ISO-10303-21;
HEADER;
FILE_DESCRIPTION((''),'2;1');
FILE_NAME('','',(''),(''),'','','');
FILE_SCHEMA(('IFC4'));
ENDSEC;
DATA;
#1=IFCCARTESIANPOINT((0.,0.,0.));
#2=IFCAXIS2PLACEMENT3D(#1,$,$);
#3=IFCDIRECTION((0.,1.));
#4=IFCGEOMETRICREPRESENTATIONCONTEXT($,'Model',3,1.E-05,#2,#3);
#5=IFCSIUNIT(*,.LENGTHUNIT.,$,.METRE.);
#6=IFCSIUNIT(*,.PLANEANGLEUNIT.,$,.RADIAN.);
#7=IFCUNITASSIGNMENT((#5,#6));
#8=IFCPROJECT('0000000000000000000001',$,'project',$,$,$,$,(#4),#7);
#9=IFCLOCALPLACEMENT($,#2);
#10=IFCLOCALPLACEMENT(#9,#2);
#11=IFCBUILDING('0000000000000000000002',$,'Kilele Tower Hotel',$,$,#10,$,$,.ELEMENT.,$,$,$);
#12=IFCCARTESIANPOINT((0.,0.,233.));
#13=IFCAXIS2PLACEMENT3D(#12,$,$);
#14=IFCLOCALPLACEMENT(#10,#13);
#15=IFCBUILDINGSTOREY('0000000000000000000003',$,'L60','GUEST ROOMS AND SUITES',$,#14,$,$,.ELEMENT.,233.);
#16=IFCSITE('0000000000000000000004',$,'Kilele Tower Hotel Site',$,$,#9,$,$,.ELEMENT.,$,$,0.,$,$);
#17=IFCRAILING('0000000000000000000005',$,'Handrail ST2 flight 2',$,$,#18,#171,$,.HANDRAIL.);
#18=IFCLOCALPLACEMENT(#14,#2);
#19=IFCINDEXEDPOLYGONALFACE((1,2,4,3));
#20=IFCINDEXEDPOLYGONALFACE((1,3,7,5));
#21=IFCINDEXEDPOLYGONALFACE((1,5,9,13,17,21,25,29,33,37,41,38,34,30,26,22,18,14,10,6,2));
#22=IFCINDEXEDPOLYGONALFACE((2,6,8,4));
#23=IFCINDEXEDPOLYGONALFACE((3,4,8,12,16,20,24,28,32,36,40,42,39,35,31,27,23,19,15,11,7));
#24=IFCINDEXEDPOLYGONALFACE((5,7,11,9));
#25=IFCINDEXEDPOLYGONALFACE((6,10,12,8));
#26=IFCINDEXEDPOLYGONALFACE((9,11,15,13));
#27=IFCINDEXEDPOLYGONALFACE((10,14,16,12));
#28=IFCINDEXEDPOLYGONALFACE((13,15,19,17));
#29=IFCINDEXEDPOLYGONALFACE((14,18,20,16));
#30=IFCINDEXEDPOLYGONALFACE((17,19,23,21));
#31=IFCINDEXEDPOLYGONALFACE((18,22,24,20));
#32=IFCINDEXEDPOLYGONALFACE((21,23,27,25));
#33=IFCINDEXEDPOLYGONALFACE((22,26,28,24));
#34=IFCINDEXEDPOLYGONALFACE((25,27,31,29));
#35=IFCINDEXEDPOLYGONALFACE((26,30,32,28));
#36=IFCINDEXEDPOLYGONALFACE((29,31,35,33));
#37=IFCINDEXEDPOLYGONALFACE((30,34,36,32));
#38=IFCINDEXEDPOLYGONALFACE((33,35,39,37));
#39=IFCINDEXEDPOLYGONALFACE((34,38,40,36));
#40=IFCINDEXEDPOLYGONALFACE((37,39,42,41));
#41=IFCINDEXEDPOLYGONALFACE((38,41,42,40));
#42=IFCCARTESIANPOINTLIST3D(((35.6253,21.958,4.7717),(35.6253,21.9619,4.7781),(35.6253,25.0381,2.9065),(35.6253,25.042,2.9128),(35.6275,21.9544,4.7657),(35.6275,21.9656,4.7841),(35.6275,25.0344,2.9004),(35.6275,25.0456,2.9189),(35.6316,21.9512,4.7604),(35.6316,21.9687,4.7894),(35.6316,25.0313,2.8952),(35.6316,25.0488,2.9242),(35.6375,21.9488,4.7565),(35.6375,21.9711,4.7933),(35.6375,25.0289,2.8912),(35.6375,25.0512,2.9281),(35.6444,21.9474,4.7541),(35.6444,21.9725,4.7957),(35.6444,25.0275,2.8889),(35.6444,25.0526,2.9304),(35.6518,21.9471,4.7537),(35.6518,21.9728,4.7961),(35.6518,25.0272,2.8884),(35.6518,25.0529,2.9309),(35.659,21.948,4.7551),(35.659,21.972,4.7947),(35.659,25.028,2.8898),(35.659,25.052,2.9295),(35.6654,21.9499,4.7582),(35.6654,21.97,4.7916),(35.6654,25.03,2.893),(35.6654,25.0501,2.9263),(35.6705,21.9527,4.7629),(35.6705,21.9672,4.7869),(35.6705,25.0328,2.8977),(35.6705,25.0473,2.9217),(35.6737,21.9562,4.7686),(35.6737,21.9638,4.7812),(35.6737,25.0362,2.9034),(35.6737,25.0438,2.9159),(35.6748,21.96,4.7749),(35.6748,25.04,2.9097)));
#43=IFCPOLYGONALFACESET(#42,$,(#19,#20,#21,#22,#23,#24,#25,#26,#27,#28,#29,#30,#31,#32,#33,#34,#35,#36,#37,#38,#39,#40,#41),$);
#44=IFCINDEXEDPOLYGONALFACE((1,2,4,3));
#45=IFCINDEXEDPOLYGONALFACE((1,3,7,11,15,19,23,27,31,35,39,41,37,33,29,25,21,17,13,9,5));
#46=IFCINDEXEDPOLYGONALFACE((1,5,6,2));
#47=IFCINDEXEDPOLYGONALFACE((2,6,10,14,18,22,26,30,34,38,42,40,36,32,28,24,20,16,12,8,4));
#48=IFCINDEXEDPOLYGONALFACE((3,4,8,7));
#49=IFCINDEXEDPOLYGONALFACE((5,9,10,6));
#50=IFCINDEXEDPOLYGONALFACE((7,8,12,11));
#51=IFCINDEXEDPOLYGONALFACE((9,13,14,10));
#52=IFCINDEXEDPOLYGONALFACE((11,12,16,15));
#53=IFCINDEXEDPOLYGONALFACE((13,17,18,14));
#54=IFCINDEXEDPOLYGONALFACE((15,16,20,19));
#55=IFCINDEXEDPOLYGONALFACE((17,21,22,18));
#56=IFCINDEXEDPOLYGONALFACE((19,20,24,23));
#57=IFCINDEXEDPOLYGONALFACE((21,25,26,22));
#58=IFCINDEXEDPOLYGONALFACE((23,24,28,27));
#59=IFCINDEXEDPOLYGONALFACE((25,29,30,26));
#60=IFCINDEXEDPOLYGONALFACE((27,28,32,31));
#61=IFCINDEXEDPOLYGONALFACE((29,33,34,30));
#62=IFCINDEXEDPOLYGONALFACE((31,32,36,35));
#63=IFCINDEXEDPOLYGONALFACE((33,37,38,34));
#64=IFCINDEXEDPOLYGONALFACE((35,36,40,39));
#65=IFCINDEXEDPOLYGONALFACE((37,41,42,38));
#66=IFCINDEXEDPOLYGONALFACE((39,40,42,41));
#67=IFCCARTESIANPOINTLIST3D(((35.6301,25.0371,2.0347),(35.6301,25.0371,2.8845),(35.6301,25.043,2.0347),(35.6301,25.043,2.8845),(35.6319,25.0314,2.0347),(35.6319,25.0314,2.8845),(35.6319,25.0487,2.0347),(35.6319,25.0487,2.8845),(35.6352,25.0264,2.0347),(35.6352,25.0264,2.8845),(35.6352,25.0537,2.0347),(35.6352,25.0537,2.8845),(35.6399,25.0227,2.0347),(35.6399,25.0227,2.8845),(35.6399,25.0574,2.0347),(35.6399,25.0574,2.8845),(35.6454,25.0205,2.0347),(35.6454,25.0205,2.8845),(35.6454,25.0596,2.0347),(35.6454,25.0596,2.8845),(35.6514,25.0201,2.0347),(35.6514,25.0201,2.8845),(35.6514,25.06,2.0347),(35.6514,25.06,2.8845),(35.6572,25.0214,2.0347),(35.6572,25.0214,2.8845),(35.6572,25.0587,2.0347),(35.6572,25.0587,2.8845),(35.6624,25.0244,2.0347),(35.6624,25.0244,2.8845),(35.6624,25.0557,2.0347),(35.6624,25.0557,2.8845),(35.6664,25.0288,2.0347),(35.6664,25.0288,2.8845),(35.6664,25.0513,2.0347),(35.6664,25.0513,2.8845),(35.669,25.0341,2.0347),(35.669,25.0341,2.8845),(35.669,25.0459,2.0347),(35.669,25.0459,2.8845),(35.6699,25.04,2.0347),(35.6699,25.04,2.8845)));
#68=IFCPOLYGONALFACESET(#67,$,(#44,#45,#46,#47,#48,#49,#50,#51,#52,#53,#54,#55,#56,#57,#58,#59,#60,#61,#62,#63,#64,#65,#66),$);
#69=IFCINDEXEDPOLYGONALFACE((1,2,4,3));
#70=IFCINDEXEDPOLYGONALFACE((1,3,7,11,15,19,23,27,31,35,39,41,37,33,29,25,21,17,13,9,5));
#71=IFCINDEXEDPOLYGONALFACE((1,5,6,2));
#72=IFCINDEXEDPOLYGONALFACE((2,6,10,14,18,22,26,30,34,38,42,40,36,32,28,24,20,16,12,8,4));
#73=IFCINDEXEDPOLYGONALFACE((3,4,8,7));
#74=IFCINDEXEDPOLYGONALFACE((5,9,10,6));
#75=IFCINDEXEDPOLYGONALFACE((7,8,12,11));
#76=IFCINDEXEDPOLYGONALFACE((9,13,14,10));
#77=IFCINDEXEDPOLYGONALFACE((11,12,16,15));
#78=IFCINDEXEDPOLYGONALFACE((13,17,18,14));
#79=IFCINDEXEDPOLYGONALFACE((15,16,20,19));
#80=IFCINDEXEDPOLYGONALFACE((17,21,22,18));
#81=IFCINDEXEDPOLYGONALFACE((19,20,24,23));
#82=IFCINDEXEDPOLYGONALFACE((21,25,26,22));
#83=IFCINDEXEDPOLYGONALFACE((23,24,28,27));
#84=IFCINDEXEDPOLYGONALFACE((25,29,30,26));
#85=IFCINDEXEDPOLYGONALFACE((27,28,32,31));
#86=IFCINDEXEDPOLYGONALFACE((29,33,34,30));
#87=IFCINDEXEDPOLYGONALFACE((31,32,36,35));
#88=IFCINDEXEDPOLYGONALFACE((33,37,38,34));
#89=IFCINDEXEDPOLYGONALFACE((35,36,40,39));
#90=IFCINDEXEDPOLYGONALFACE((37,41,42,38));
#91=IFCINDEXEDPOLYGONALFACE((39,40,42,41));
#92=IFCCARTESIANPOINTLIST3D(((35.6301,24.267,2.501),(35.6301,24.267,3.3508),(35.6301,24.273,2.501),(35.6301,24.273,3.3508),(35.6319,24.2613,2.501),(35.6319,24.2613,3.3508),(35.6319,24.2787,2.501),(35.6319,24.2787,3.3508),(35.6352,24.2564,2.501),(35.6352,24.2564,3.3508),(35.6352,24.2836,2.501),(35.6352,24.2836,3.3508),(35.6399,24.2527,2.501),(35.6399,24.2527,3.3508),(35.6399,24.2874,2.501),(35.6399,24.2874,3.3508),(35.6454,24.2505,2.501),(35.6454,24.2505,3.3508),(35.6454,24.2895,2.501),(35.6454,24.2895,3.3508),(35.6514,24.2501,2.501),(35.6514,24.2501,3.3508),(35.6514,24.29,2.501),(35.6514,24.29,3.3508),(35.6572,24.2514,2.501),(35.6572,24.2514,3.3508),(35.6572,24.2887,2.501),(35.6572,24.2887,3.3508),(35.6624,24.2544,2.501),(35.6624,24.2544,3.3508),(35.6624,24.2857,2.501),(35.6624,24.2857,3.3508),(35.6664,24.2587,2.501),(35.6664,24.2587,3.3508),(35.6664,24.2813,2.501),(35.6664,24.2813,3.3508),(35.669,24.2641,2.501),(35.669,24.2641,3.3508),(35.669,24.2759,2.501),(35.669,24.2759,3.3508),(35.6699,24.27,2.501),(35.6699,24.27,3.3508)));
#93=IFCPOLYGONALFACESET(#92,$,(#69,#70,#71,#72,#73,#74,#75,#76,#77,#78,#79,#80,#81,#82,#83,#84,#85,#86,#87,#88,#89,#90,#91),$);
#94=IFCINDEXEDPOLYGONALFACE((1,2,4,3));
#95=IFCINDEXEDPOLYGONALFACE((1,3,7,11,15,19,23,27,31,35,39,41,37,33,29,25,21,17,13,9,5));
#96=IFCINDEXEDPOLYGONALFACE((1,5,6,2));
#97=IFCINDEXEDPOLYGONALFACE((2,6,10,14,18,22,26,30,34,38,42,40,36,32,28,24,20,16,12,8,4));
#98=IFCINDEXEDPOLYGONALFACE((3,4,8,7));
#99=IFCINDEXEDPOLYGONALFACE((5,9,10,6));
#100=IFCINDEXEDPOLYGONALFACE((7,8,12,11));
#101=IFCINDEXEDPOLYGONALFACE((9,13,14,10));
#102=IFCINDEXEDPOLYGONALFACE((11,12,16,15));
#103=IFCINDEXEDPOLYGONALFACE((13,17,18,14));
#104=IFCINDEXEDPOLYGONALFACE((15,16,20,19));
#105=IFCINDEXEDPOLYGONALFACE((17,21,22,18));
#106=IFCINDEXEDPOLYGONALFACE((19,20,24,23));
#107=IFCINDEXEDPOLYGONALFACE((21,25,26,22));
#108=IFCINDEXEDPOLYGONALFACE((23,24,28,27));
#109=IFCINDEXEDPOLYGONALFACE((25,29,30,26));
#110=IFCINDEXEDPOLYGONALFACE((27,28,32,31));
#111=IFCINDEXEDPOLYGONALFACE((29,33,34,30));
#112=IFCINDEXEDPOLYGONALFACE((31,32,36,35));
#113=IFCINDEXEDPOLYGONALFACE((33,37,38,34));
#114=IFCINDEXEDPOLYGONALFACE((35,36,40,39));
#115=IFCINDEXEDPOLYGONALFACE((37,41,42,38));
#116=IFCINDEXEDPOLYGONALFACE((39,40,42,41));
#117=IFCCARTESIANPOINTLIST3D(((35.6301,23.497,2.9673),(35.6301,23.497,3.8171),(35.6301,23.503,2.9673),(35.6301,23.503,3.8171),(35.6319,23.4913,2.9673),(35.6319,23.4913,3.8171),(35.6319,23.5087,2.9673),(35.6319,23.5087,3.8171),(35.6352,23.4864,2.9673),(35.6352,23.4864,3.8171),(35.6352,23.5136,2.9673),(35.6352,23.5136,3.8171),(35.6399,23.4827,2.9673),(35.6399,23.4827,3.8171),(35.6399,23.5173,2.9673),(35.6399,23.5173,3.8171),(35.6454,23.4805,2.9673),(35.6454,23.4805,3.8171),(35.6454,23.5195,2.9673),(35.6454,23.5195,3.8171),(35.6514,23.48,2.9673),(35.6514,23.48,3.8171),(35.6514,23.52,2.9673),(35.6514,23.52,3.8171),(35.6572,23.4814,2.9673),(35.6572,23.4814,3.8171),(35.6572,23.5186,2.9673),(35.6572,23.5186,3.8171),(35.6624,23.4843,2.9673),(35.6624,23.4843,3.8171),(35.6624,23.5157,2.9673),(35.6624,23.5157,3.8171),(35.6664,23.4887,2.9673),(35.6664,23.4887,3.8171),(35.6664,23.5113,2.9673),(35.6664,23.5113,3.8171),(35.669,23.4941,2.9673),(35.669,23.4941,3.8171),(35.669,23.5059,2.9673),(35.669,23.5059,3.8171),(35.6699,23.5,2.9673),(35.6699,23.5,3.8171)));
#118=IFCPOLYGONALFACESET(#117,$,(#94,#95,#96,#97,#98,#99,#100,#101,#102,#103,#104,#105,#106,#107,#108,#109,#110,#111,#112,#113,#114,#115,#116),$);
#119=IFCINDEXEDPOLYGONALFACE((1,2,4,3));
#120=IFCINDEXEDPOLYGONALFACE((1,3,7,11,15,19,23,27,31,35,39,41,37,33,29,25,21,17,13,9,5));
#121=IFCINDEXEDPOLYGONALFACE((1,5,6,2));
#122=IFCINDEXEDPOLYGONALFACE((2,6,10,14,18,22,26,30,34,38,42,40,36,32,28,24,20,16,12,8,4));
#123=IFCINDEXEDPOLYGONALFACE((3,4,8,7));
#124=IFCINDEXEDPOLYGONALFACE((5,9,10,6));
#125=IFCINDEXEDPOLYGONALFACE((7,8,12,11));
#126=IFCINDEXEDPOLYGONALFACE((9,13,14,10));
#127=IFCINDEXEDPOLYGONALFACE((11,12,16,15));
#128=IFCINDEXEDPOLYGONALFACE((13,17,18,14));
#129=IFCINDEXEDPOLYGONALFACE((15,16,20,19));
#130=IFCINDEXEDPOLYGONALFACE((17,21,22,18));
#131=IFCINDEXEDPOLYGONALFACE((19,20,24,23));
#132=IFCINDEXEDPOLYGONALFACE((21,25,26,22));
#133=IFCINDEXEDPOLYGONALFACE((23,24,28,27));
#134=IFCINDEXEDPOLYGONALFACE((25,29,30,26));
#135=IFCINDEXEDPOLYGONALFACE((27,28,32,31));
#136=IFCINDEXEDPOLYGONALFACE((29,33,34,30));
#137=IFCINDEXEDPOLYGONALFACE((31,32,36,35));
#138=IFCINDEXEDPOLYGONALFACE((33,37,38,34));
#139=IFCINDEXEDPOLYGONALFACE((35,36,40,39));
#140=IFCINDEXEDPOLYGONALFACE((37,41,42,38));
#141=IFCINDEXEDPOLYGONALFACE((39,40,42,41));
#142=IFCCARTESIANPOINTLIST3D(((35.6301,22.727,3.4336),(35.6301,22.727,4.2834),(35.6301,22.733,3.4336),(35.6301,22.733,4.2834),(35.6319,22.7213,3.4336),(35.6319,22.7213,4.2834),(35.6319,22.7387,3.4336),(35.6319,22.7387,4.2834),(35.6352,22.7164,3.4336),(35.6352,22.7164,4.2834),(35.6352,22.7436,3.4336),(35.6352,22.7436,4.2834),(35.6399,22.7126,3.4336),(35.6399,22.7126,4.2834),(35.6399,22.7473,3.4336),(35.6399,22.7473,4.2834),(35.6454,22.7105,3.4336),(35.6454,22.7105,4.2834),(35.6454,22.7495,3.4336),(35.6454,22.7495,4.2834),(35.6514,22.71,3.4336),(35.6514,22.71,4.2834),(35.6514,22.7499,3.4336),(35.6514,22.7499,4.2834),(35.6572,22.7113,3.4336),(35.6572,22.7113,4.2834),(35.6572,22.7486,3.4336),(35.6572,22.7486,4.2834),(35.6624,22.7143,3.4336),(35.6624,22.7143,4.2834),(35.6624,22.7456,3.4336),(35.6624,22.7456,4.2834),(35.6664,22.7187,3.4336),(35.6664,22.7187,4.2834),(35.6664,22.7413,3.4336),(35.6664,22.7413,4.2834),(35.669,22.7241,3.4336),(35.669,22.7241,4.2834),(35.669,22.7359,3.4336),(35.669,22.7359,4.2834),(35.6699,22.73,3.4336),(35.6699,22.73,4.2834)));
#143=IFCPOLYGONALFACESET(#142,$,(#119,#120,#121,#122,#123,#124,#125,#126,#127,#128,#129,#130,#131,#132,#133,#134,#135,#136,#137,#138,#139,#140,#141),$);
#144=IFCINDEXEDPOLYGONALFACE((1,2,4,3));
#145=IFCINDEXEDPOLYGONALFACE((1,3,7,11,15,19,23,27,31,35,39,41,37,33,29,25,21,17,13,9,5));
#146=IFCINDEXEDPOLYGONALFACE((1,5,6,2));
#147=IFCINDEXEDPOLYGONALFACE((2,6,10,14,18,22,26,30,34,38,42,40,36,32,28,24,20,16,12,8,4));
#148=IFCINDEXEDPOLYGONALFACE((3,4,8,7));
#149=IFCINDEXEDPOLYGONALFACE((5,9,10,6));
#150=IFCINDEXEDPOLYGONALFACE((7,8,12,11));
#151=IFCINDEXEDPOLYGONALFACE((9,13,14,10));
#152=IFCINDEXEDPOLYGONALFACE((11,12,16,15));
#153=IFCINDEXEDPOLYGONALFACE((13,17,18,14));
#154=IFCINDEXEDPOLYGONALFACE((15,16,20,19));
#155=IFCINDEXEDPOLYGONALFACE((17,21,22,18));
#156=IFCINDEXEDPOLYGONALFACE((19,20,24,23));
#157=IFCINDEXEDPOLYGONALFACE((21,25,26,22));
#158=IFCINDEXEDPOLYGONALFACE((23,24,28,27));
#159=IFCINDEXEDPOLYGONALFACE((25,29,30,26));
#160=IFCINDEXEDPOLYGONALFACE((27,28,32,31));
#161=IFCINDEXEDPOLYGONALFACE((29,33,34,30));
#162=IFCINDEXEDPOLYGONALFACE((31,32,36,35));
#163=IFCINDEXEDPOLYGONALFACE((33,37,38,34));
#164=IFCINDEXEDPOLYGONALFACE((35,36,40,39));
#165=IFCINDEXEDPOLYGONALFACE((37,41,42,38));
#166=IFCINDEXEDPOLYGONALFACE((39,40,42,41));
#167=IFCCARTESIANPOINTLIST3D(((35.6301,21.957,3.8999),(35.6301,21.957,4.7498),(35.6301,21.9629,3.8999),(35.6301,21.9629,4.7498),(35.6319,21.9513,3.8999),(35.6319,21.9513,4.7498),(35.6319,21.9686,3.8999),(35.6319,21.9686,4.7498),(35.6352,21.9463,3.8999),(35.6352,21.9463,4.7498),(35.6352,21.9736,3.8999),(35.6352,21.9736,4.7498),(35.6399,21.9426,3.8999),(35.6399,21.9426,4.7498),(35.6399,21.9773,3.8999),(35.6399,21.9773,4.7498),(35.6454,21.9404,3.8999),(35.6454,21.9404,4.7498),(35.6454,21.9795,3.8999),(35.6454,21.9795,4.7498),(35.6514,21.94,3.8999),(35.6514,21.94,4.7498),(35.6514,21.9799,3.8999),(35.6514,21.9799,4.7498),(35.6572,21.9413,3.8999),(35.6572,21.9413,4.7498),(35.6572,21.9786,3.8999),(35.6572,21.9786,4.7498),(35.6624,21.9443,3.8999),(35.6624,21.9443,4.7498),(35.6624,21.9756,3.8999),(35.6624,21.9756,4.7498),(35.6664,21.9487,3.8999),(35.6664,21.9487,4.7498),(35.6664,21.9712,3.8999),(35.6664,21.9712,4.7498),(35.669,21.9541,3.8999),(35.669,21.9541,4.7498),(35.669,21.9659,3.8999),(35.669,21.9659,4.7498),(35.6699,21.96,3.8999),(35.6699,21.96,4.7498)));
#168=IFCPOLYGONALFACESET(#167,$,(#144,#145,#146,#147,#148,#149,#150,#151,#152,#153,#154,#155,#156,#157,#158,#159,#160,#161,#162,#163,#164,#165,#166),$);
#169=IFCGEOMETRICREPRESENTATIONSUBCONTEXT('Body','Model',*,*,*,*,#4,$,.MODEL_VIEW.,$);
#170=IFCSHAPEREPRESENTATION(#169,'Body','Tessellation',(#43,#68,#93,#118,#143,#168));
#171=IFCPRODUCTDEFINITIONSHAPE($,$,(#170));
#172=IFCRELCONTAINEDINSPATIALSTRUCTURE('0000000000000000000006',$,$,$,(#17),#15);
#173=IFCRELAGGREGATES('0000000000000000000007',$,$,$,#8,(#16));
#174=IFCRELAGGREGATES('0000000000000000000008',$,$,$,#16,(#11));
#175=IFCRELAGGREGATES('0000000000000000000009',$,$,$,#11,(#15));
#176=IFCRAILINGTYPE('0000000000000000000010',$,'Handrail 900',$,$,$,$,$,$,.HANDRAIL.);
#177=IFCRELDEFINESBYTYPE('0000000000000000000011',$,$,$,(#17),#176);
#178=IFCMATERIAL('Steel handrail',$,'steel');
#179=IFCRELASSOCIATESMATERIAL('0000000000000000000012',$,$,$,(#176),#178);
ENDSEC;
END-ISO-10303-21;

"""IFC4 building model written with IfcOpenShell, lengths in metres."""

from ifc_helpers import new_model, si_unit, direction, frame, origin, origin_2d, place, context, subcontext, project, spatial, circle, extrude, material, type_object, element, save


model = new_model("IFC4")

# Units and contexts
model_context = context("Model", 3, precision=1e-05, world=origin(), true_north=direction((0.0, 1.0)))
body_context = subcontext(model_context, "Body", "Model", "MODEL_VIEW")
ifc_project = project(units=[si_unit("LENGTHUNIT", "METRE"), si_unit("PLANEANGLEUNIT", "RADIAN")], contexts=[model_context])

# Site, building, storey
site_placement = place(None, origin())
site = spatial("IfcSite", under=ifc_project, at=site_placement, Name="Kilele Tower Hotel Site", CompositionType="ELEMENT", RefElevation=0.0)
building_placement = place(site_placement, origin())
building = spatial("IfcBuilding", under=site, at=building_placement, Name="Kilele Tower Hotel", CompositionType="ELEMENT")
storey_placement = place(building_placement, frame((0.0, 0.0, 233.0)))
storey = spatial("IfcBuildingStorey", under=building, at=storey_placement, Name="L60", Description="GUEST ROOMS AND SUITES", CompositionType="ELEMENT", Elevation=233.0)

# Railing
ifc_material_1 = material(Name="Steel handrail", Category="steel")
railing_type_1 = type_object("IfcRailingType", Name="Handrail 900", PredefinedType="HANDRAIL", material=ifc_material_1)
for number, where, name in (
    (1, (35.6499, 25.04, 2.0347), "Handrail ST2 flight 2"),
):
    element("IfcRailing", number, at=place(storey_placement, frame(where)), inside=storey, type_object=railing_type_1, Name=name, PredefinedType="HANDRAIL", context=body_context, shape_type="SweptSolid", body=[
        extrude(circle(Radius=0.0249, at=origin_2d()), frame((0.0, 0.0, 0.875), z_axis=(0.0, -0.85538, 0.518001), x_axis=(1.0, 0.0, 0.0)), (0.0, 0.0, 1.0), 3.6008),
        extrude(circle(Radius=0.02, at=origin_2d()), origin(), (0.0, 0.0, 1.0), 0.8499),
        extrude(circle(Radius=0.02, at=origin_2d()), frame((0.0, -0.77, 0.4663)), (0.0, 0.0, 1.0), 0.8499),
        extrude(circle(Radius=0.02, at=origin_2d()), frame((0.0, -1.54, 0.9326)), (0.0, 0.0, 1.0), 0.8499),
        extrude(circle(Radius=0.02, at=origin_2d()), frame((0.0, -2.3101, 1.3989)), (0.0, 0.0, 1.0), 0.8499),
        extrude(circle(Radius=0.02, at=origin_2d()), frame((0.0, -3.0801, 1.8652)), (0.0, 0.0, 1.0), 0.8499),
    ])

save(model, "model.ifc")
